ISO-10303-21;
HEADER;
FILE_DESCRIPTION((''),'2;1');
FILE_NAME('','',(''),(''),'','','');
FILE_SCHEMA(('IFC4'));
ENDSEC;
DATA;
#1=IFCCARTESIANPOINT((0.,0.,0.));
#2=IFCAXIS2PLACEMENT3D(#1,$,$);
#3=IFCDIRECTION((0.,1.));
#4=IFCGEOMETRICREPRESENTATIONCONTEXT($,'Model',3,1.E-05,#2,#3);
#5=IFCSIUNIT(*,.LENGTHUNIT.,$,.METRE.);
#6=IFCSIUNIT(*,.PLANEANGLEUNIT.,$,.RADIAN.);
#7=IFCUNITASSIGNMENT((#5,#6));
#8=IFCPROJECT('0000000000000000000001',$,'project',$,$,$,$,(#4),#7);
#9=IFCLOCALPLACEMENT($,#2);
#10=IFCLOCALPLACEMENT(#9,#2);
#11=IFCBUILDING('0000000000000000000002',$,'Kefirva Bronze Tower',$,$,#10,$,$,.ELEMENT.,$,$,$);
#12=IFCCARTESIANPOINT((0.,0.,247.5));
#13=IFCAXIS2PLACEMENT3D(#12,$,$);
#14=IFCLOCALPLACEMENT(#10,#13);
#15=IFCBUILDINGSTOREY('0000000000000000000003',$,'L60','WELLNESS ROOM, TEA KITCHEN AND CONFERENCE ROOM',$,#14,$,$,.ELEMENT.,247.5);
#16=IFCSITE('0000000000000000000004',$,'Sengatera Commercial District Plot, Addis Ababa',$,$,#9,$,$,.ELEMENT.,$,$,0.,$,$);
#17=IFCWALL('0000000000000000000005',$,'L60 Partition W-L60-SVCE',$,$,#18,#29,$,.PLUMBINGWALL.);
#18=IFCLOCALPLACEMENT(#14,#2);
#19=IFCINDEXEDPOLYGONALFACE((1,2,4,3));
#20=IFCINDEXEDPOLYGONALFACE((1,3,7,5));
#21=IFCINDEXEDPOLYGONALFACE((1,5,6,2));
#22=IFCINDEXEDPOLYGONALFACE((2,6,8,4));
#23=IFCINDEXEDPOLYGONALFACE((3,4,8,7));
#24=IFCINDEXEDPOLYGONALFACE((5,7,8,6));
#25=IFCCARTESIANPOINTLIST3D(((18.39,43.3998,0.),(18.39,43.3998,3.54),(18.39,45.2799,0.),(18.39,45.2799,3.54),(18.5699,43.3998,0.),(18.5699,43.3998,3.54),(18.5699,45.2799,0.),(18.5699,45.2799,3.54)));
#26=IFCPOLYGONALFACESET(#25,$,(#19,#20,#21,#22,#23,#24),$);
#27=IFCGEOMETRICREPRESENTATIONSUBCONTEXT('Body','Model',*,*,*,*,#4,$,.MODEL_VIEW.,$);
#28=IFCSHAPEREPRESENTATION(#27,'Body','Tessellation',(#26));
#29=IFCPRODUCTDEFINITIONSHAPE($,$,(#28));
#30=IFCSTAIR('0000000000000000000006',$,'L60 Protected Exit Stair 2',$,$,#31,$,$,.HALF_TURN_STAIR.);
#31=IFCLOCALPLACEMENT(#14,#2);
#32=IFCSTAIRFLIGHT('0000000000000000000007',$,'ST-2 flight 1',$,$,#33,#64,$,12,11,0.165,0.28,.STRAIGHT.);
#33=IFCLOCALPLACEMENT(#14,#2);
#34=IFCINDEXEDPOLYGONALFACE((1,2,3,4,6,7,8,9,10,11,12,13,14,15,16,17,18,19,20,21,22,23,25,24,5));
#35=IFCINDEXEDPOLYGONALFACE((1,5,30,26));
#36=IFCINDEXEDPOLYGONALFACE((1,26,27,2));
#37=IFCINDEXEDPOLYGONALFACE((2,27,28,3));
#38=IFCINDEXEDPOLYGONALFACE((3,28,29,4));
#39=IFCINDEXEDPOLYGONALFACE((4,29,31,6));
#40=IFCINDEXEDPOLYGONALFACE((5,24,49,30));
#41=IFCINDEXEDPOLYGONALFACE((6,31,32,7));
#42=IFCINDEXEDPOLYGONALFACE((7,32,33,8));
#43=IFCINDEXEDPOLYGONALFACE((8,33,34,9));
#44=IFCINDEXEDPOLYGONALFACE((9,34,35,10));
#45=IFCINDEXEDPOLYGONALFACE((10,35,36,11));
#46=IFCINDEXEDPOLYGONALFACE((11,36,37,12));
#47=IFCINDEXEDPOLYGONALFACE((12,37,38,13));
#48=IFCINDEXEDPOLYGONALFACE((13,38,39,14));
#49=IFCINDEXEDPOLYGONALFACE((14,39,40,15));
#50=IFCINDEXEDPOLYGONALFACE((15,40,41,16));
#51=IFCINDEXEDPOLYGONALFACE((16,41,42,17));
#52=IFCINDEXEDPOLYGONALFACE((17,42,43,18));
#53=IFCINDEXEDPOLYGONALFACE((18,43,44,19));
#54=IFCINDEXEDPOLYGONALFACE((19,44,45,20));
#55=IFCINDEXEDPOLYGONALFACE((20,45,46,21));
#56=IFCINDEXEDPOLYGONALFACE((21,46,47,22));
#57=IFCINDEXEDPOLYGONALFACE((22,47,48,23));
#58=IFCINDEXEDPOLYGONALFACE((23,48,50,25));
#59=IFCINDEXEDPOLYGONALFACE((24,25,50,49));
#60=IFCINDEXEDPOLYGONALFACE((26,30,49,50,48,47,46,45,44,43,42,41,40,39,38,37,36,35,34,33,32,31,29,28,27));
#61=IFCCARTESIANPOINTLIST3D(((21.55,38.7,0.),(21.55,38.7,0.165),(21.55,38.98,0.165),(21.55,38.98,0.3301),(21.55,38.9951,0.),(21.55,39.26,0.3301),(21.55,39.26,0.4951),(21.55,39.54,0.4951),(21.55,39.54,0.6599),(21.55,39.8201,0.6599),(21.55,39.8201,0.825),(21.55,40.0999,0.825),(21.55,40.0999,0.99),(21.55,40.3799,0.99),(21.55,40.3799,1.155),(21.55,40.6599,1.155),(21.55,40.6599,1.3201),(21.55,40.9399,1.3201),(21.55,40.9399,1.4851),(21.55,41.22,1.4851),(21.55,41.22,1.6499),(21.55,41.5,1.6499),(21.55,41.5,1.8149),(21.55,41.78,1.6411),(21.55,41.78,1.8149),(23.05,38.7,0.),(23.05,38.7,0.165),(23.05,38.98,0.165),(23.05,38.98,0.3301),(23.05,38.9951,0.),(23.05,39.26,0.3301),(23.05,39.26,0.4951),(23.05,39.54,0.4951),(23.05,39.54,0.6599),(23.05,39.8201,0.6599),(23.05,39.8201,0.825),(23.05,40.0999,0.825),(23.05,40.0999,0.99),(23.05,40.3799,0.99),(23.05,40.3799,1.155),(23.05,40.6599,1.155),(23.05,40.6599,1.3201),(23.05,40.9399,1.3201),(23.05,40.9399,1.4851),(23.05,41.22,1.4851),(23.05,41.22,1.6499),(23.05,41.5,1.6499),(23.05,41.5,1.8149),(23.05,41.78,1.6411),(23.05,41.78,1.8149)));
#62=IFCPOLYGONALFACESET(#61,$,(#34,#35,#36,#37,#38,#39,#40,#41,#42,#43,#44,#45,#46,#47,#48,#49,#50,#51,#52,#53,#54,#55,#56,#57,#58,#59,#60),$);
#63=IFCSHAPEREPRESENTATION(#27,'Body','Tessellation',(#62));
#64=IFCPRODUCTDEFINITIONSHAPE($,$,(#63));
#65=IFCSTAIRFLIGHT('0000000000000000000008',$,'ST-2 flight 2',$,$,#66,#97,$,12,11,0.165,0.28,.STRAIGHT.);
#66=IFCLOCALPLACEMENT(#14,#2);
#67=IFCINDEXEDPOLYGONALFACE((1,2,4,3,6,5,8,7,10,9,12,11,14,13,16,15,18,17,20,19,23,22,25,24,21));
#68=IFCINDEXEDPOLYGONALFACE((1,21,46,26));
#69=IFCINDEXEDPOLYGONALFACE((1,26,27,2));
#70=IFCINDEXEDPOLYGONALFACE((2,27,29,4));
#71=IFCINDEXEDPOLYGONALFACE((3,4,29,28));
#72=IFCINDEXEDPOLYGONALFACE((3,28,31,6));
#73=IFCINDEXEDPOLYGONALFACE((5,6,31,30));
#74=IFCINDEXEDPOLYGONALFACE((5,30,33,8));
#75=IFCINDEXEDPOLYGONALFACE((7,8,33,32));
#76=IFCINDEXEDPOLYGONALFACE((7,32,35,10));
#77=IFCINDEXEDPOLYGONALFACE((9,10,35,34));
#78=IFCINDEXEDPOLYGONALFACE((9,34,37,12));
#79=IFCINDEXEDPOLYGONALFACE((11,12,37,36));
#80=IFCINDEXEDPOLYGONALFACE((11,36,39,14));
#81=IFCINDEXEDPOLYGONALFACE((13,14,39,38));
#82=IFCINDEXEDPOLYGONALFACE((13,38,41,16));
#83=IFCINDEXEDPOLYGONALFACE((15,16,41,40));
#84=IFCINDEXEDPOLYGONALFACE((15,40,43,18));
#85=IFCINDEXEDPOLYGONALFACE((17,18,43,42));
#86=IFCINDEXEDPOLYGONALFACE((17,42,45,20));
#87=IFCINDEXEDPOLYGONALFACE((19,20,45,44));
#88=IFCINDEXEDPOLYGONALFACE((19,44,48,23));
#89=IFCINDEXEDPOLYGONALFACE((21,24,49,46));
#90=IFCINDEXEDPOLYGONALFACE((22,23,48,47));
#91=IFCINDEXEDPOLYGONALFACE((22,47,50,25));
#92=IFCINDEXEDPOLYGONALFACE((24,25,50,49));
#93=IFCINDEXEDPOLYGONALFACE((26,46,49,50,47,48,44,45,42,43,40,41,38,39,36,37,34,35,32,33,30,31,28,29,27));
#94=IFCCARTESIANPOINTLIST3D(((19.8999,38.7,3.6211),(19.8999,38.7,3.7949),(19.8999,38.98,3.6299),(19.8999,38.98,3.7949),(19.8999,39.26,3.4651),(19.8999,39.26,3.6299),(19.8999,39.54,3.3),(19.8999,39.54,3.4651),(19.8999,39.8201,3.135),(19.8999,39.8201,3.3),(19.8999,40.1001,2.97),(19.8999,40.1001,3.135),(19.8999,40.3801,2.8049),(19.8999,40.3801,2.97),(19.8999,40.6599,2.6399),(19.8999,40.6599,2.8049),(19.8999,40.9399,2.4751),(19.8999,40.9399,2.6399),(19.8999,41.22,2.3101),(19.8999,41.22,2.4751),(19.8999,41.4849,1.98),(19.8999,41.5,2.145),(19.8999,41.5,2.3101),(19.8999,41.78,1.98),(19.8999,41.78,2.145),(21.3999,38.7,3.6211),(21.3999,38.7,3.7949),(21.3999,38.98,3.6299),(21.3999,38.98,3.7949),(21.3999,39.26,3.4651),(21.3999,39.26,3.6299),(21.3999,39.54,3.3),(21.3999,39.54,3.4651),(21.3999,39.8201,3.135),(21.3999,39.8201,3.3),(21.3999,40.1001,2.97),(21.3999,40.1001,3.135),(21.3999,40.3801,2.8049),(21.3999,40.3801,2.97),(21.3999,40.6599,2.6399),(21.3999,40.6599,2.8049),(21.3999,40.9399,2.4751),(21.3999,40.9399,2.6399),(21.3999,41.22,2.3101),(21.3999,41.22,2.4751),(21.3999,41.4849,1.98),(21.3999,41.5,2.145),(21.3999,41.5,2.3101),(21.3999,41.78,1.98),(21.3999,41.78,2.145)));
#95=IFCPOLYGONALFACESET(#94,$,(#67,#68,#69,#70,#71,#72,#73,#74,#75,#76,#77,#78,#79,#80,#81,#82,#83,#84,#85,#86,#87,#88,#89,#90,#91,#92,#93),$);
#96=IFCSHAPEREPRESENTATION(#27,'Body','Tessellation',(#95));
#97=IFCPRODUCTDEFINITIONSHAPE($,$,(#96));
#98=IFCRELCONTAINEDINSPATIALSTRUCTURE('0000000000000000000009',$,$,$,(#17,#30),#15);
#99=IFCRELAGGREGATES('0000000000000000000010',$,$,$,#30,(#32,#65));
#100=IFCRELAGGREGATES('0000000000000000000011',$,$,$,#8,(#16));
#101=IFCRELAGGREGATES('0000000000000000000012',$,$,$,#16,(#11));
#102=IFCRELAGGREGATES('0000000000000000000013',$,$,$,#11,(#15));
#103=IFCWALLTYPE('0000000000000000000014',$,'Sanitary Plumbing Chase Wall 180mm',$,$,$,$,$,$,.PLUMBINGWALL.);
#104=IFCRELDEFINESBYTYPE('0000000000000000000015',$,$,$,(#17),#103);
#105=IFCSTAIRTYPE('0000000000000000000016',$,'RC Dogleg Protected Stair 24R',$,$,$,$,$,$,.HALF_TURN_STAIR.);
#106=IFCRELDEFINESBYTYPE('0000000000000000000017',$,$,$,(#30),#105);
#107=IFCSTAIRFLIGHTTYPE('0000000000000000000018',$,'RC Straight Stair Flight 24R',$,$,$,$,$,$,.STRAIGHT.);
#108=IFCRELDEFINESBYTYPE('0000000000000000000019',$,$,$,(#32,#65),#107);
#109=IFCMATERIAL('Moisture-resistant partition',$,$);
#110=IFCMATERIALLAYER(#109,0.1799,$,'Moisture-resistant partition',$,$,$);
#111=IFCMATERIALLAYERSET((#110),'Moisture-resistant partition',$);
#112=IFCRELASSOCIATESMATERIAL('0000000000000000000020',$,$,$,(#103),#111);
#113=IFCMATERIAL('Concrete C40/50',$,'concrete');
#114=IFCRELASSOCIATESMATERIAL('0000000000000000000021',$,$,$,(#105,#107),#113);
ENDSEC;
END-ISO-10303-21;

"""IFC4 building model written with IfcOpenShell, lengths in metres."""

from ifc_helpers import new_model, si_unit, direction, frame, frame_2d, origin, place, context, subcontext, project, spatial, polyline, rectangle, outline, extrude, material, layer, layer_set, type_object, element, aggregate, save


model = new_model("IFC4")

# Units and contexts
model_context = context("Model", 3, precision=1e-05, world=origin(), true_north=direction((0.0, 1.0)))
body_context = subcontext(model_context, "Body", "Model", "MODEL_VIEW")
ifc_project = project(units=[si_unit("LENGTHUNIT", "METRE"), si_unit("PLANEANGLEUNIT", "RADIAN")], contexts=[model_context])

# Site, building, storey
site_placement = place(None, origin())
site = spatial("IfcSite", under=ifc_project, at=site_placement, Name="Sengatera Commercial District Plot, Addis Ababa", CompositionType="ELEMENT", RefElevation=0.0)
building_placement = place(site_placement, origin())
building = spatial("IfcBuilding", under=site, at=building_placement, Name="Kefirva Bronze Tower", CompositionType="ELEMENT")
storey_placement = place(building_placement, frame((0.0, 0.0, 247.5)))
storey = spatial("IfcBuildingStorey", under=building, at=storey_placement, Name="L60", Description="WELLNESS ROOM, TEA KITCHEN AND CONFERENCE ROOM", CompositionType="ELEMENT", Elevation=247.5)

# Wall
ifc_material_1 = material(Name="Moisture-resistant partition")
ifc_layer_1 = layer(ifc_material_1, 0.1799, Name="Moisture-resistant partition")
ifc_layer_set_1 = layer_set([ifc_layer_1], Name="Moisture-resistant partition")
wall_type_1 = type_object("IfcWallType", Name="Sanitary Plumbing Chase Wall 180mm", PredefinedType="PLUMBINGWALL", material=ifc_layer_set_1)
wall_1_placement = place(storey_placement, frame((18.48, 43.3999, 0.0), z_axis=(0.0, 0.0, 1.0), x_axis=(0.0, 1.0, 0.0)))
element("IfcWall", 1, at=wall_1_placement, inside=storey, type_object=wall_type_1, Name="L60 Partition W-L60-SVCE", PredefinedType="PLUMBINGWALL", context=body_context, shape_type="SweptSolid", body=[
    extrude(rectangle(XDim=1.8801, YDim=0.1799, at=frame_2d((0.9399, 0.0))), origin(), (0.0, 0.0, 1.0), 3.54),
])

# Stair, stair flights
ifc_material_2 = material(Name="Concrete C40/50", Category="concrete")
stair_type = type_object("IfcStairType", Name="RC Dogleg Protected Stair 24R", PredefinedType="HALF_TURN_STAIR", material=ifc_material_2)
stair_placement = place(storey_placement, origin())
stair = element("IfcStair", 2, at=stair_placement, inside=storey, type_object=stair_type, Name="L60 Protected Exit Stair 2", PredefinedType="HALF_TURN_STAIR")
stair_flight_type = type_object("IfcStairFlightType", Name="RC Straight Stair Flight 24R", PredefinedType="STRAIGHT", material=ifc_material_2)
stair_flight_1_placement = place(storey_placement, frame((22.3, 38.7, 0.0), z_axis=(0.0, 0.0, 1.0), x_axis=(0.0, 1.0, 0.0)))
stair_flight_1 = element("IfcStairFlight", 3, at=stair_flight_1_placement, type_object=stair_flight_type, Name="ST-2 flight 1", NumberOfRisers=12, NumberOfTreads=11, PredefinedType="STRAIGHT", RiserHeight=0.165, TreadLength=0.28, context=body_context, shape_type="SweptSolid", body=[
    extrude(outline(polyline([(0.0, 0.0), (0.0, 0.165), (0.28, 0.165), (0.28, 0.3301), (0.5601, 0.3301), (0.5601, 0.4951), (0.8401, 0.4951), (0.8401, 0.6599), (1.1201, 0.6599), (1.1201, 0.825), (1.3999, 0.825), (1.3999, 0.99), (1.6799, 0.99), (1.6799, 1.155), (1.96, 1.155), (1.96, 1.3201), (2.24, 1.3201), (2.24, 1.4851), (2.52, 1.4851), (2.52, 1.6499), (2.8, 1.6499), (2.8, 1.8149), (3.0801, 1.8149), (3.0801, 1.98), (3.0801, 1.6411), (0.2952, 0.0), (0.0, 0.0)])), frame((0.0, 0.75, 0.0), z_axis=(0.0, -1.0, 0.0), x_axis=(1.0, 0.0, 0.0)), (0.0, 0.0, 1.0), 1.5),
])
stair_flight_2_placement = place(storey_placement, frame((20.6499, 41.78, 1.98), z_axis=(0.0, 0.0, 1.0), x_axis=(0.0, -1.0, 0.0)))
stair_flight_2 = element("IfcStairFlight", 4, at=stair_flight_2_placement, type_object=stair_flight_type, Name="ST-2 flight 2", NumberOfRisers=12, NumberOfTreads=11, PredefinedType="STRAIGHT", RiserHeight=0.165, TreadLength=0.28, context=body_context, shape_type="SweptSolid", body=[
    extrude(outline(polyline([(0.0, 0.0), (0.0, 0.165), (0.28, 0.165), (0.28, 0.3301), (0.5601, 0.3301), (0.5601, 0.4951), (0.8401, 0.4951), (0.8401, 0.6599), (1.1201, 0.6599), (1.1201, 0.825), (1.3999, 0.825), (1.3999, 0.99), (1.6799, 0.99), (1.6799, 1.155), (1.96, 1.155), (1.96, 1.3201), (2.24, 1.3201), (2.24, 1.4851), (2.52, 1.4851), (2.52, 1.6499), (2.8, 1.6499), (2.8, 1.8149), (3.0801, 1.8149), (3.0801, 1.98), (3.0801, 1.6411), (0.2952, 0.0), (0.0, 0.0)])), frame((0.0, 0.75, 0.0), z_axis=(0.0, -1.0, 0.0), x_axis=(1.0, 0.0, 0.0)), (0.0, 0.0, 1.0), 1.5),
])
aggregate(stair, [stair_flight_1, stair_flight_2])

save(model, "model.ifc")
